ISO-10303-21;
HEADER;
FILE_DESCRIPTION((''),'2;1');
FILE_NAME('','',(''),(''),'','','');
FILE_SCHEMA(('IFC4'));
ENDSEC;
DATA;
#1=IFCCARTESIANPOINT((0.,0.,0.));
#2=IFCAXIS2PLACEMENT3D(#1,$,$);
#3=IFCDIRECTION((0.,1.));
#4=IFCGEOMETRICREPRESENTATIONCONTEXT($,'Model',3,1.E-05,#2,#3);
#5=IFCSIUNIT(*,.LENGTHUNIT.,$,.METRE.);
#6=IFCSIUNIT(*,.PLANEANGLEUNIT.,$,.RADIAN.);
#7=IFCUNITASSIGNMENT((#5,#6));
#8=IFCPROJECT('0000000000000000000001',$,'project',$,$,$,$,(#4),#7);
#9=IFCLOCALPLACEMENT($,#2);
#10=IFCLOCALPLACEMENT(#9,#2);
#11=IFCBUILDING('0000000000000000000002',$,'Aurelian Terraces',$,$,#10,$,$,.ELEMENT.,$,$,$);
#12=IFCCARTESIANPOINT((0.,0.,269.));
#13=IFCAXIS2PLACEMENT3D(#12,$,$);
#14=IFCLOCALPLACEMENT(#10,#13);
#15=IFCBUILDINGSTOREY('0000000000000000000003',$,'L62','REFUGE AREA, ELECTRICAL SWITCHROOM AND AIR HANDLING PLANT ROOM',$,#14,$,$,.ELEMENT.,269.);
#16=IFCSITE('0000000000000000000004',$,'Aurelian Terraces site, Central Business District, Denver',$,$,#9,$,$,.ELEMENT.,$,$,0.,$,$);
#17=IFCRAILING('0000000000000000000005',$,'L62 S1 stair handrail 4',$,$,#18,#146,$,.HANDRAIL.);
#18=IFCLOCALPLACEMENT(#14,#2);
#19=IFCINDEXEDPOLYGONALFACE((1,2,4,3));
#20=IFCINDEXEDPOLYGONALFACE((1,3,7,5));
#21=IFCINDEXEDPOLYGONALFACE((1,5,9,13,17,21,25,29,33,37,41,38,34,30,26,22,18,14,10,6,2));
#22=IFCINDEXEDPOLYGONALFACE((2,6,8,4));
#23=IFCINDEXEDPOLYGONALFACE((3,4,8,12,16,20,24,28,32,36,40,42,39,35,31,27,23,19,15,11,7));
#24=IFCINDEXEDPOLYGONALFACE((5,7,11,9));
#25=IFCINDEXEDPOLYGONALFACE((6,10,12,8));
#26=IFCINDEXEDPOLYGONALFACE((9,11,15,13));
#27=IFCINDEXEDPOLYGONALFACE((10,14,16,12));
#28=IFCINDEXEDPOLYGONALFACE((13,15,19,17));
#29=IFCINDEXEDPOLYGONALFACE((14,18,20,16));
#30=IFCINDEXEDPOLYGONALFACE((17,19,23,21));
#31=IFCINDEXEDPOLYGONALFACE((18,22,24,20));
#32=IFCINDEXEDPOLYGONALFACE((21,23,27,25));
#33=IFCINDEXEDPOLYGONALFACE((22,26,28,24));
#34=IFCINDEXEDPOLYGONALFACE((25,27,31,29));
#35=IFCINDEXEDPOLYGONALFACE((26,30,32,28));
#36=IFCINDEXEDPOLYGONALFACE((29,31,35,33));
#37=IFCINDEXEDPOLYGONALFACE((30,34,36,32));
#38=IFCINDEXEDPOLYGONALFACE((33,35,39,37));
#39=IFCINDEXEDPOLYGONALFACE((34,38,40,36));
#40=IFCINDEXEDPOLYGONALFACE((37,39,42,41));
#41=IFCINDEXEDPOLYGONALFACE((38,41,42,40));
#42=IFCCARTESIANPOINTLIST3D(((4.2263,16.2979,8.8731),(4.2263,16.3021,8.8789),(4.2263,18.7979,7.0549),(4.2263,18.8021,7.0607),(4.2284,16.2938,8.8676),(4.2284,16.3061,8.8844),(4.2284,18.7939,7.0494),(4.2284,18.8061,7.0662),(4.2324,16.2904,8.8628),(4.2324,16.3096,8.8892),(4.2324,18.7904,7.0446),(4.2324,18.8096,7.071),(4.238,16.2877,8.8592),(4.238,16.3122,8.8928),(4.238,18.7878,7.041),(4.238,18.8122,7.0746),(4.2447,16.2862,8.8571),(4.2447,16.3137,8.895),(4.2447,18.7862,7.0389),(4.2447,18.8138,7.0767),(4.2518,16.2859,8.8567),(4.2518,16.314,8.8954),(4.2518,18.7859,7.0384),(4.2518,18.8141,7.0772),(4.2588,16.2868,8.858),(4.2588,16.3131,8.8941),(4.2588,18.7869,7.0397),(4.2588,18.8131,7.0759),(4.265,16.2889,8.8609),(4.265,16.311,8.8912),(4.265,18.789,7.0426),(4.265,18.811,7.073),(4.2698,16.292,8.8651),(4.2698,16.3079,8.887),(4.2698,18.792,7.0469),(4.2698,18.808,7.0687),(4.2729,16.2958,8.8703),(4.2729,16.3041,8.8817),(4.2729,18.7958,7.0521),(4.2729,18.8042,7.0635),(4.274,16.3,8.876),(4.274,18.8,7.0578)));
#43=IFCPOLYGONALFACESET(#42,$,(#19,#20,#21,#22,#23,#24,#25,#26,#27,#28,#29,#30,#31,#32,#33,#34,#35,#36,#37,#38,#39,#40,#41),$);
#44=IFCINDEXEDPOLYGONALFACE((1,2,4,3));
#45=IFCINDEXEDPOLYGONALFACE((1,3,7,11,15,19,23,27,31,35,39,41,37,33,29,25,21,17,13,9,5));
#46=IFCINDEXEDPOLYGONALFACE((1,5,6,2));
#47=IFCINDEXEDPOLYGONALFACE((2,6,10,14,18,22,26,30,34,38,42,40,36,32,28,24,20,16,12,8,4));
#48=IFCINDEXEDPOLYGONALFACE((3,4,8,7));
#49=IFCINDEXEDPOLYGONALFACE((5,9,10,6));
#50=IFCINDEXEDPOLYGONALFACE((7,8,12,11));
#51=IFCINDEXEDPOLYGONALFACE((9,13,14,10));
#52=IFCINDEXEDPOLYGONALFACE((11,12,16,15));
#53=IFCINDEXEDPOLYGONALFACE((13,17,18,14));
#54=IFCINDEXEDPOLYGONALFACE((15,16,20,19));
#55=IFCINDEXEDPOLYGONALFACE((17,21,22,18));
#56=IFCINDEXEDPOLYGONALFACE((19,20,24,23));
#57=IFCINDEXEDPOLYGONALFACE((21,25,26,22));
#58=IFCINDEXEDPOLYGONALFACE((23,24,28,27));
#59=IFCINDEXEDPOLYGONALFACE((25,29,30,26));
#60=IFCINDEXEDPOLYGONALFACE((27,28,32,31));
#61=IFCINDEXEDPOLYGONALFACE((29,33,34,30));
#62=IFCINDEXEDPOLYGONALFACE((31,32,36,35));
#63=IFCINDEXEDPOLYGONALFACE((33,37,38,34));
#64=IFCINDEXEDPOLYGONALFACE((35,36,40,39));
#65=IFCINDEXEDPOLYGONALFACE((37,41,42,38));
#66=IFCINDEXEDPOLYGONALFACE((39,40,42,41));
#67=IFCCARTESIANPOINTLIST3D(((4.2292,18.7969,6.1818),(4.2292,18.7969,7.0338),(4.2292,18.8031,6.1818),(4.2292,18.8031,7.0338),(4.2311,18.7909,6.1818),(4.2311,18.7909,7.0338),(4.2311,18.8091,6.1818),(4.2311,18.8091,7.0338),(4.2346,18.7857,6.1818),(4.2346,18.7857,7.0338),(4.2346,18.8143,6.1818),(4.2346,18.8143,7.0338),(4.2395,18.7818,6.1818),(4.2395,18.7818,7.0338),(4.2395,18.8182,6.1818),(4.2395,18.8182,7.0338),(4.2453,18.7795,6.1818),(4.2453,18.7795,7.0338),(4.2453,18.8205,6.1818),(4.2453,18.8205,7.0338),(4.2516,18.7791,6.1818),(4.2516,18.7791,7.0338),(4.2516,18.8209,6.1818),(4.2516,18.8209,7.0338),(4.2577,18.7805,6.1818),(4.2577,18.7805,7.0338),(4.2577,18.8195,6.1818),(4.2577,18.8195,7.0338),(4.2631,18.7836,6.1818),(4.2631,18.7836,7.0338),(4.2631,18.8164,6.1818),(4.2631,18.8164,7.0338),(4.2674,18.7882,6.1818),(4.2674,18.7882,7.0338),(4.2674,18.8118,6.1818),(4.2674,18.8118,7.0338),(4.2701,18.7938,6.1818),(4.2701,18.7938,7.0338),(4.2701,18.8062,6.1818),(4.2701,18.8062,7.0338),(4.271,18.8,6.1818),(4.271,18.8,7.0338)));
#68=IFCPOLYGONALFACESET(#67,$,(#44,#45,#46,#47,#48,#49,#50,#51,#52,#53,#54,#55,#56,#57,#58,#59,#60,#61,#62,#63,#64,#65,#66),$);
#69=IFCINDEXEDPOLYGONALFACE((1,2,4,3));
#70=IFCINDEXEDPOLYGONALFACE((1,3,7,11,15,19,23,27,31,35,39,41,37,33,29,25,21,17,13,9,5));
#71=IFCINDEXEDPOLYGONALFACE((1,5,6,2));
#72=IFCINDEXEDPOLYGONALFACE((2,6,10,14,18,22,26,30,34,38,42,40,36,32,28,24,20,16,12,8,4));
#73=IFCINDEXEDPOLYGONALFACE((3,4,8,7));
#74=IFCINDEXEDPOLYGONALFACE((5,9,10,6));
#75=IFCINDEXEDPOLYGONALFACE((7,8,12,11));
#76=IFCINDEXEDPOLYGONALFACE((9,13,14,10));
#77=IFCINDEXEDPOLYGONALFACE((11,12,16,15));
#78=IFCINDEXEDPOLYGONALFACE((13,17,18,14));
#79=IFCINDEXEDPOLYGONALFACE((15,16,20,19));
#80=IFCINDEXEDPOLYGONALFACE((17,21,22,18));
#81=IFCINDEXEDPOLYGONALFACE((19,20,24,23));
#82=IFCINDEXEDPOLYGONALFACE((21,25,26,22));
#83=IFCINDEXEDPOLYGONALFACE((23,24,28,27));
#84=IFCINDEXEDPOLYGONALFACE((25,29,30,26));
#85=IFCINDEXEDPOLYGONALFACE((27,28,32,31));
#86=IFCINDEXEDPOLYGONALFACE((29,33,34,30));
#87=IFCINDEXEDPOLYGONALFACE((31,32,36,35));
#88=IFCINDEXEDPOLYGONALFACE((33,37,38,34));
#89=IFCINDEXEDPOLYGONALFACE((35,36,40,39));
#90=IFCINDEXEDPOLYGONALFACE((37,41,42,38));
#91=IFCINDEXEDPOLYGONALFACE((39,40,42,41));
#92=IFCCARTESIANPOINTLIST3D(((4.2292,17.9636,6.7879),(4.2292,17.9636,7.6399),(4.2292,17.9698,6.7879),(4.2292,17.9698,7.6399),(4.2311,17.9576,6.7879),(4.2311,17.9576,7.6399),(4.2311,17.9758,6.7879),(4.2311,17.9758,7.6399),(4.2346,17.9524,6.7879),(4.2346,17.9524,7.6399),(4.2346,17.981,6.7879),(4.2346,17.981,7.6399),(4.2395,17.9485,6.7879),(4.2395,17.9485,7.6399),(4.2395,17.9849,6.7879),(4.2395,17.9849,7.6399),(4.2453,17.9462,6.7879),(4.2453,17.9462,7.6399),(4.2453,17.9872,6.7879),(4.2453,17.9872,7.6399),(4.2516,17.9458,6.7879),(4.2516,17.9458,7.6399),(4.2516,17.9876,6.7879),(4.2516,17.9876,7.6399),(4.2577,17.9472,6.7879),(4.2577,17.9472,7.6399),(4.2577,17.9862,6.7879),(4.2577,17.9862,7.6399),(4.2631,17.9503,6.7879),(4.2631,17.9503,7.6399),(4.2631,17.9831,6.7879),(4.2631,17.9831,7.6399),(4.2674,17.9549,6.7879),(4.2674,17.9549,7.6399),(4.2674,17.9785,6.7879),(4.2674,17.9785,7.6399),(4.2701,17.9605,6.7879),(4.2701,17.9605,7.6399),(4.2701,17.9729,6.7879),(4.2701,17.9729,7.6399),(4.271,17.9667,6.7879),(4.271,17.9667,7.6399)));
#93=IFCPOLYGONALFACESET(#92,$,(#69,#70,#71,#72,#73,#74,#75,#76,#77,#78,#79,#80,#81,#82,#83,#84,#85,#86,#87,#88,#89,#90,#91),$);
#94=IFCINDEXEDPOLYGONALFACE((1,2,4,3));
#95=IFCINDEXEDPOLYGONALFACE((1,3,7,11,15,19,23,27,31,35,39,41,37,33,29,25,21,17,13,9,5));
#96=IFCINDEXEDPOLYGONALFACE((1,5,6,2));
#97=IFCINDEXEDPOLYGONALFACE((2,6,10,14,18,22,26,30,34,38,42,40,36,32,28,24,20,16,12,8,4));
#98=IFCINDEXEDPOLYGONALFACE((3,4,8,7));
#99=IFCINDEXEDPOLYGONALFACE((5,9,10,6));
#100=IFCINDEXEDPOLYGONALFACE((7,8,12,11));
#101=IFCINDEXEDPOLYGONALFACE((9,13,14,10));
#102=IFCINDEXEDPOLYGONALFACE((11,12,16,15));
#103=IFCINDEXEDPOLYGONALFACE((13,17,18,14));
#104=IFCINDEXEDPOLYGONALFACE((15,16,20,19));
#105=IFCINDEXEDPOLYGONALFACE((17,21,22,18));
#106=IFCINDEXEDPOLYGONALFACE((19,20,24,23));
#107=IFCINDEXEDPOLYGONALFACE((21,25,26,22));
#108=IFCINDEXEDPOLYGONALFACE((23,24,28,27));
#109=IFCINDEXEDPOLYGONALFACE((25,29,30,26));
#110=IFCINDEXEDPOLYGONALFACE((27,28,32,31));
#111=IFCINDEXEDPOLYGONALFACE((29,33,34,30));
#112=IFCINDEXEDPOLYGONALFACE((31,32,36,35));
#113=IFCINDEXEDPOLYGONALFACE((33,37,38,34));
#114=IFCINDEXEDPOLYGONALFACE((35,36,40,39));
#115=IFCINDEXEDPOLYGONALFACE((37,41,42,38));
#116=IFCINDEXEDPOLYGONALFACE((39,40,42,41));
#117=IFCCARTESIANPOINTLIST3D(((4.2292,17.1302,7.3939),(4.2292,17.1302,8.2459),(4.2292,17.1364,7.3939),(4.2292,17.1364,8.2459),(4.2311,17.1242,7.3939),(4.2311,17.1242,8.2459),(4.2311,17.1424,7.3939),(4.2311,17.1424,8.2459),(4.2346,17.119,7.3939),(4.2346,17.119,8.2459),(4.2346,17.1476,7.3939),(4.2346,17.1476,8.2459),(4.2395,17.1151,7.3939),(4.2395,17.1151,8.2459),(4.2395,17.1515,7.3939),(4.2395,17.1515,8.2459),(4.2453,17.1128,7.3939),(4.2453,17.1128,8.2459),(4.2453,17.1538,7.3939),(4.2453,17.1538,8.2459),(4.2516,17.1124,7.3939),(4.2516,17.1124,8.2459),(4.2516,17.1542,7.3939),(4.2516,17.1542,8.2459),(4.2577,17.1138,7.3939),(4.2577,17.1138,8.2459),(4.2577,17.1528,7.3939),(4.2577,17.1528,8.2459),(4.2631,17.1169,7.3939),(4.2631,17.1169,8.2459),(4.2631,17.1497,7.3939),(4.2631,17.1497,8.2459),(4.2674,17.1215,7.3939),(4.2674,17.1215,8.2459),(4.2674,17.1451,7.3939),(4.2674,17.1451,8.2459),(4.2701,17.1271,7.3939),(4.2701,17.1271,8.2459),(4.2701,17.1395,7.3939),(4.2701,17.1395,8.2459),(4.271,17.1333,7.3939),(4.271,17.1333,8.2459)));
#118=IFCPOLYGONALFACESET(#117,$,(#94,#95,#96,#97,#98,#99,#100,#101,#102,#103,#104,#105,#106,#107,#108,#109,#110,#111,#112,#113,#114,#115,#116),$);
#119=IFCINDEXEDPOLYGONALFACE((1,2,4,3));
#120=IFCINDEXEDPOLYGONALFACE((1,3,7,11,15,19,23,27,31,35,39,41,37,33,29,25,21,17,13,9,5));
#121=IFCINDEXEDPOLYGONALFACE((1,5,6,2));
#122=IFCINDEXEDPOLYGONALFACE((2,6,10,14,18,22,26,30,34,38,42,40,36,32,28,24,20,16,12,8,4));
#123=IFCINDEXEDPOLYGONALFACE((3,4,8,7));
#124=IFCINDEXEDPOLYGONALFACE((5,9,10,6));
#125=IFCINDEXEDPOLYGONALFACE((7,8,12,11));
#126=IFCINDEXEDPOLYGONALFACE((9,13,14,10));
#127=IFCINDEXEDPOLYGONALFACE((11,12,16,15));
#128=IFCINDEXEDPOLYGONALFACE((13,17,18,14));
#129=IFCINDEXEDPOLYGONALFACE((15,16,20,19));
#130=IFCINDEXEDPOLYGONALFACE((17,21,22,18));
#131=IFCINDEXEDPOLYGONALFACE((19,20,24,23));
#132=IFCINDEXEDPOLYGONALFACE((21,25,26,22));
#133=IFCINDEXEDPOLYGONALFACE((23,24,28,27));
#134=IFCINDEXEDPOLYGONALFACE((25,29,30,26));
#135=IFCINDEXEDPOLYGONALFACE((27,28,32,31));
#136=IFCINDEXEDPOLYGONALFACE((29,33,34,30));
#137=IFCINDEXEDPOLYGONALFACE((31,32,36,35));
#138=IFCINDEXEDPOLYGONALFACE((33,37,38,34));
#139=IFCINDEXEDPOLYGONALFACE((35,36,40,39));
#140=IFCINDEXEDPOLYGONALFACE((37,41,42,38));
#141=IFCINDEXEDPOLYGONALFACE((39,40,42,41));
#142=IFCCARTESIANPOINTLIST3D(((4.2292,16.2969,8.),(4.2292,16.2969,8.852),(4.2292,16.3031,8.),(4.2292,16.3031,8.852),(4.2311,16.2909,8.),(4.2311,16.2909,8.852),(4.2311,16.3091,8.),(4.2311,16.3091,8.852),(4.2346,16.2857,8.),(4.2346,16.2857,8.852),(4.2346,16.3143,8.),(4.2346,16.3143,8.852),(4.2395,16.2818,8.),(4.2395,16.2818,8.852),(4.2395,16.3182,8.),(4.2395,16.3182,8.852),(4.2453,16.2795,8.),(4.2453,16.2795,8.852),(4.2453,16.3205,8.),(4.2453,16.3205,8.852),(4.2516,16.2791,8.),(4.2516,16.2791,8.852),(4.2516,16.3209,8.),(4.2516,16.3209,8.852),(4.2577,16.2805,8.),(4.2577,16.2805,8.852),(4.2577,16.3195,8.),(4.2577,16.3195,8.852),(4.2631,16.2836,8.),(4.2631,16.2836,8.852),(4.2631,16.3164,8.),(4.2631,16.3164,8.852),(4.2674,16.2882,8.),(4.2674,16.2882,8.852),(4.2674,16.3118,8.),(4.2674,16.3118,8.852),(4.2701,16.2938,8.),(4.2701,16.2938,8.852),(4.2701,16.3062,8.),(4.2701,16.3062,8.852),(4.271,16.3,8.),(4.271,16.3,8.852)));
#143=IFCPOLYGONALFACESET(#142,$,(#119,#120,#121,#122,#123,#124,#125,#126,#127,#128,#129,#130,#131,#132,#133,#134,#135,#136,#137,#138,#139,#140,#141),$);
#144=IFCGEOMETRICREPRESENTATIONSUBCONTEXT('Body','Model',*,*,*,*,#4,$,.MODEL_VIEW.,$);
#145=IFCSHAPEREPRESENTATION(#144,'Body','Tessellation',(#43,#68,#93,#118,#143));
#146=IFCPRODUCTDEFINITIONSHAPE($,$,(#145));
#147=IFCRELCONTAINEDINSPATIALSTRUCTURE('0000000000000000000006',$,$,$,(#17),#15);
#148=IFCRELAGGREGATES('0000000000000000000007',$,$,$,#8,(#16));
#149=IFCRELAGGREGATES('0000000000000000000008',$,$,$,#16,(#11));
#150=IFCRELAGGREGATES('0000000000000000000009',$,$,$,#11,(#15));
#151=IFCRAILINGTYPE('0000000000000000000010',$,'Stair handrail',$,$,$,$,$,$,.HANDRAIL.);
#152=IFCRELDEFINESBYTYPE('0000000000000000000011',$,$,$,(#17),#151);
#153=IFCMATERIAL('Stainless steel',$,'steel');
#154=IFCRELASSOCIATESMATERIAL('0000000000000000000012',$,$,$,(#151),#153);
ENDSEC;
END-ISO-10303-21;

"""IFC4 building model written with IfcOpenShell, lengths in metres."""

from ifc_helpers import new_model, si_unit, direction, frame, origin, origin_2d, place, context, subcontext, project, spatial, circle, extrude, source, transform, mapped, material, type_object, element, save


model = new_model("IFC4")

# Units and contexts
model_context = context("Model", 3, precision=1e-05, world=origin(), true_north=direction((0.0, 1.0)))
body_context = subcontext(model_context, "Body", "Model", "MODEL_VIEW")
ifc_project = project(units=[si_unit("LENGTHUNIT", "METRE"), si_unit("PLANEANGLEUNIT", "RADIAN")], contexts=[model_context])

# Site, building, storey
site_placement = place(None, origin())
site = spatial("IfcSite", under=ifc_project, at=site_placement, Name="Aurelian Terraces site, Central Business District, Denver", CompositionType="ELEMENT", RefElevation=0.0)
building_placement = place(site_placement, origin())
building = spatial("IfcBuilding", under=site, at=building_placement, Name="Aurelian Terraces", CompositionType="ELEMENT")
storey_placement = place(building_placement, frame((0.0, 0.0, 269.0)))
storey = spatial("IfcBuildingStorey", under=building, at=storey_placement, Name="L62", Description="REFUGE AREA, ELECTRICAL SWITCHROOM AND AIR HANDLING PLANT ROOM", CompositionType="ELEMENT", Elevation=269.0)

# Railing
ifc_material_1 = material(Name="Stainless steel", Category="steel")
railing_type_1 = type_object("IfcRailingType", Name="Stair handrail", PredefinedType="HANDRAIL", material=ifc_material_1)
shared_shape_1 = source(origin(), body_context, "Body", "SweptSolid", [
    extrude(circle(Radius=0.024, at=origin_2d()), frame((0.0, 0.0, 0.876), z_axis=(0.0, -0.808733, 0.588176), x_axis=(1.0, 0.0, 0.0)), (0.0, 0.0, 1.0), 3.0913),
    extrude(circle(Radius=0.021, at=origin_2d()), origin(), (0.0, 0.0, 1.0), 0.852),
    extrude(circle(Radius=0.021, at=origin_2d()), frame((0.0, -0.8333, 0.6061)), (0.0, 0.0, 1.0), 0.852),
    extrude(circle(Radius=0.021, at=origin_2d()), frame((0.0, -1.6667, 1.2121)), (0.0, 0.0, 1.0), 0.852),
    extrude(circle(Radius=0.021, at=origin_2d()), frame((0.0, -2.5, 1.8182)), (0.0, 0.0, 1.0), 0.852),
])
for number, where, name in (
    (1, (4.25, 18.8, 6.1818), "L62 S1 stair handrail 4"),
):
    element("IfcRailing", number, at=place(storey_placement, frame(where)), inside=storey, type_object=railing_type_1, Name=name, PredefinedType="HANDRAIL", context=body_context, shape_type="MappedRepresentation", body=[
        mapped(shared_shape_1, transform((0.0, 0.0, 0.0), scale=1.0)),
    ])

save(model, "model.ifc")
